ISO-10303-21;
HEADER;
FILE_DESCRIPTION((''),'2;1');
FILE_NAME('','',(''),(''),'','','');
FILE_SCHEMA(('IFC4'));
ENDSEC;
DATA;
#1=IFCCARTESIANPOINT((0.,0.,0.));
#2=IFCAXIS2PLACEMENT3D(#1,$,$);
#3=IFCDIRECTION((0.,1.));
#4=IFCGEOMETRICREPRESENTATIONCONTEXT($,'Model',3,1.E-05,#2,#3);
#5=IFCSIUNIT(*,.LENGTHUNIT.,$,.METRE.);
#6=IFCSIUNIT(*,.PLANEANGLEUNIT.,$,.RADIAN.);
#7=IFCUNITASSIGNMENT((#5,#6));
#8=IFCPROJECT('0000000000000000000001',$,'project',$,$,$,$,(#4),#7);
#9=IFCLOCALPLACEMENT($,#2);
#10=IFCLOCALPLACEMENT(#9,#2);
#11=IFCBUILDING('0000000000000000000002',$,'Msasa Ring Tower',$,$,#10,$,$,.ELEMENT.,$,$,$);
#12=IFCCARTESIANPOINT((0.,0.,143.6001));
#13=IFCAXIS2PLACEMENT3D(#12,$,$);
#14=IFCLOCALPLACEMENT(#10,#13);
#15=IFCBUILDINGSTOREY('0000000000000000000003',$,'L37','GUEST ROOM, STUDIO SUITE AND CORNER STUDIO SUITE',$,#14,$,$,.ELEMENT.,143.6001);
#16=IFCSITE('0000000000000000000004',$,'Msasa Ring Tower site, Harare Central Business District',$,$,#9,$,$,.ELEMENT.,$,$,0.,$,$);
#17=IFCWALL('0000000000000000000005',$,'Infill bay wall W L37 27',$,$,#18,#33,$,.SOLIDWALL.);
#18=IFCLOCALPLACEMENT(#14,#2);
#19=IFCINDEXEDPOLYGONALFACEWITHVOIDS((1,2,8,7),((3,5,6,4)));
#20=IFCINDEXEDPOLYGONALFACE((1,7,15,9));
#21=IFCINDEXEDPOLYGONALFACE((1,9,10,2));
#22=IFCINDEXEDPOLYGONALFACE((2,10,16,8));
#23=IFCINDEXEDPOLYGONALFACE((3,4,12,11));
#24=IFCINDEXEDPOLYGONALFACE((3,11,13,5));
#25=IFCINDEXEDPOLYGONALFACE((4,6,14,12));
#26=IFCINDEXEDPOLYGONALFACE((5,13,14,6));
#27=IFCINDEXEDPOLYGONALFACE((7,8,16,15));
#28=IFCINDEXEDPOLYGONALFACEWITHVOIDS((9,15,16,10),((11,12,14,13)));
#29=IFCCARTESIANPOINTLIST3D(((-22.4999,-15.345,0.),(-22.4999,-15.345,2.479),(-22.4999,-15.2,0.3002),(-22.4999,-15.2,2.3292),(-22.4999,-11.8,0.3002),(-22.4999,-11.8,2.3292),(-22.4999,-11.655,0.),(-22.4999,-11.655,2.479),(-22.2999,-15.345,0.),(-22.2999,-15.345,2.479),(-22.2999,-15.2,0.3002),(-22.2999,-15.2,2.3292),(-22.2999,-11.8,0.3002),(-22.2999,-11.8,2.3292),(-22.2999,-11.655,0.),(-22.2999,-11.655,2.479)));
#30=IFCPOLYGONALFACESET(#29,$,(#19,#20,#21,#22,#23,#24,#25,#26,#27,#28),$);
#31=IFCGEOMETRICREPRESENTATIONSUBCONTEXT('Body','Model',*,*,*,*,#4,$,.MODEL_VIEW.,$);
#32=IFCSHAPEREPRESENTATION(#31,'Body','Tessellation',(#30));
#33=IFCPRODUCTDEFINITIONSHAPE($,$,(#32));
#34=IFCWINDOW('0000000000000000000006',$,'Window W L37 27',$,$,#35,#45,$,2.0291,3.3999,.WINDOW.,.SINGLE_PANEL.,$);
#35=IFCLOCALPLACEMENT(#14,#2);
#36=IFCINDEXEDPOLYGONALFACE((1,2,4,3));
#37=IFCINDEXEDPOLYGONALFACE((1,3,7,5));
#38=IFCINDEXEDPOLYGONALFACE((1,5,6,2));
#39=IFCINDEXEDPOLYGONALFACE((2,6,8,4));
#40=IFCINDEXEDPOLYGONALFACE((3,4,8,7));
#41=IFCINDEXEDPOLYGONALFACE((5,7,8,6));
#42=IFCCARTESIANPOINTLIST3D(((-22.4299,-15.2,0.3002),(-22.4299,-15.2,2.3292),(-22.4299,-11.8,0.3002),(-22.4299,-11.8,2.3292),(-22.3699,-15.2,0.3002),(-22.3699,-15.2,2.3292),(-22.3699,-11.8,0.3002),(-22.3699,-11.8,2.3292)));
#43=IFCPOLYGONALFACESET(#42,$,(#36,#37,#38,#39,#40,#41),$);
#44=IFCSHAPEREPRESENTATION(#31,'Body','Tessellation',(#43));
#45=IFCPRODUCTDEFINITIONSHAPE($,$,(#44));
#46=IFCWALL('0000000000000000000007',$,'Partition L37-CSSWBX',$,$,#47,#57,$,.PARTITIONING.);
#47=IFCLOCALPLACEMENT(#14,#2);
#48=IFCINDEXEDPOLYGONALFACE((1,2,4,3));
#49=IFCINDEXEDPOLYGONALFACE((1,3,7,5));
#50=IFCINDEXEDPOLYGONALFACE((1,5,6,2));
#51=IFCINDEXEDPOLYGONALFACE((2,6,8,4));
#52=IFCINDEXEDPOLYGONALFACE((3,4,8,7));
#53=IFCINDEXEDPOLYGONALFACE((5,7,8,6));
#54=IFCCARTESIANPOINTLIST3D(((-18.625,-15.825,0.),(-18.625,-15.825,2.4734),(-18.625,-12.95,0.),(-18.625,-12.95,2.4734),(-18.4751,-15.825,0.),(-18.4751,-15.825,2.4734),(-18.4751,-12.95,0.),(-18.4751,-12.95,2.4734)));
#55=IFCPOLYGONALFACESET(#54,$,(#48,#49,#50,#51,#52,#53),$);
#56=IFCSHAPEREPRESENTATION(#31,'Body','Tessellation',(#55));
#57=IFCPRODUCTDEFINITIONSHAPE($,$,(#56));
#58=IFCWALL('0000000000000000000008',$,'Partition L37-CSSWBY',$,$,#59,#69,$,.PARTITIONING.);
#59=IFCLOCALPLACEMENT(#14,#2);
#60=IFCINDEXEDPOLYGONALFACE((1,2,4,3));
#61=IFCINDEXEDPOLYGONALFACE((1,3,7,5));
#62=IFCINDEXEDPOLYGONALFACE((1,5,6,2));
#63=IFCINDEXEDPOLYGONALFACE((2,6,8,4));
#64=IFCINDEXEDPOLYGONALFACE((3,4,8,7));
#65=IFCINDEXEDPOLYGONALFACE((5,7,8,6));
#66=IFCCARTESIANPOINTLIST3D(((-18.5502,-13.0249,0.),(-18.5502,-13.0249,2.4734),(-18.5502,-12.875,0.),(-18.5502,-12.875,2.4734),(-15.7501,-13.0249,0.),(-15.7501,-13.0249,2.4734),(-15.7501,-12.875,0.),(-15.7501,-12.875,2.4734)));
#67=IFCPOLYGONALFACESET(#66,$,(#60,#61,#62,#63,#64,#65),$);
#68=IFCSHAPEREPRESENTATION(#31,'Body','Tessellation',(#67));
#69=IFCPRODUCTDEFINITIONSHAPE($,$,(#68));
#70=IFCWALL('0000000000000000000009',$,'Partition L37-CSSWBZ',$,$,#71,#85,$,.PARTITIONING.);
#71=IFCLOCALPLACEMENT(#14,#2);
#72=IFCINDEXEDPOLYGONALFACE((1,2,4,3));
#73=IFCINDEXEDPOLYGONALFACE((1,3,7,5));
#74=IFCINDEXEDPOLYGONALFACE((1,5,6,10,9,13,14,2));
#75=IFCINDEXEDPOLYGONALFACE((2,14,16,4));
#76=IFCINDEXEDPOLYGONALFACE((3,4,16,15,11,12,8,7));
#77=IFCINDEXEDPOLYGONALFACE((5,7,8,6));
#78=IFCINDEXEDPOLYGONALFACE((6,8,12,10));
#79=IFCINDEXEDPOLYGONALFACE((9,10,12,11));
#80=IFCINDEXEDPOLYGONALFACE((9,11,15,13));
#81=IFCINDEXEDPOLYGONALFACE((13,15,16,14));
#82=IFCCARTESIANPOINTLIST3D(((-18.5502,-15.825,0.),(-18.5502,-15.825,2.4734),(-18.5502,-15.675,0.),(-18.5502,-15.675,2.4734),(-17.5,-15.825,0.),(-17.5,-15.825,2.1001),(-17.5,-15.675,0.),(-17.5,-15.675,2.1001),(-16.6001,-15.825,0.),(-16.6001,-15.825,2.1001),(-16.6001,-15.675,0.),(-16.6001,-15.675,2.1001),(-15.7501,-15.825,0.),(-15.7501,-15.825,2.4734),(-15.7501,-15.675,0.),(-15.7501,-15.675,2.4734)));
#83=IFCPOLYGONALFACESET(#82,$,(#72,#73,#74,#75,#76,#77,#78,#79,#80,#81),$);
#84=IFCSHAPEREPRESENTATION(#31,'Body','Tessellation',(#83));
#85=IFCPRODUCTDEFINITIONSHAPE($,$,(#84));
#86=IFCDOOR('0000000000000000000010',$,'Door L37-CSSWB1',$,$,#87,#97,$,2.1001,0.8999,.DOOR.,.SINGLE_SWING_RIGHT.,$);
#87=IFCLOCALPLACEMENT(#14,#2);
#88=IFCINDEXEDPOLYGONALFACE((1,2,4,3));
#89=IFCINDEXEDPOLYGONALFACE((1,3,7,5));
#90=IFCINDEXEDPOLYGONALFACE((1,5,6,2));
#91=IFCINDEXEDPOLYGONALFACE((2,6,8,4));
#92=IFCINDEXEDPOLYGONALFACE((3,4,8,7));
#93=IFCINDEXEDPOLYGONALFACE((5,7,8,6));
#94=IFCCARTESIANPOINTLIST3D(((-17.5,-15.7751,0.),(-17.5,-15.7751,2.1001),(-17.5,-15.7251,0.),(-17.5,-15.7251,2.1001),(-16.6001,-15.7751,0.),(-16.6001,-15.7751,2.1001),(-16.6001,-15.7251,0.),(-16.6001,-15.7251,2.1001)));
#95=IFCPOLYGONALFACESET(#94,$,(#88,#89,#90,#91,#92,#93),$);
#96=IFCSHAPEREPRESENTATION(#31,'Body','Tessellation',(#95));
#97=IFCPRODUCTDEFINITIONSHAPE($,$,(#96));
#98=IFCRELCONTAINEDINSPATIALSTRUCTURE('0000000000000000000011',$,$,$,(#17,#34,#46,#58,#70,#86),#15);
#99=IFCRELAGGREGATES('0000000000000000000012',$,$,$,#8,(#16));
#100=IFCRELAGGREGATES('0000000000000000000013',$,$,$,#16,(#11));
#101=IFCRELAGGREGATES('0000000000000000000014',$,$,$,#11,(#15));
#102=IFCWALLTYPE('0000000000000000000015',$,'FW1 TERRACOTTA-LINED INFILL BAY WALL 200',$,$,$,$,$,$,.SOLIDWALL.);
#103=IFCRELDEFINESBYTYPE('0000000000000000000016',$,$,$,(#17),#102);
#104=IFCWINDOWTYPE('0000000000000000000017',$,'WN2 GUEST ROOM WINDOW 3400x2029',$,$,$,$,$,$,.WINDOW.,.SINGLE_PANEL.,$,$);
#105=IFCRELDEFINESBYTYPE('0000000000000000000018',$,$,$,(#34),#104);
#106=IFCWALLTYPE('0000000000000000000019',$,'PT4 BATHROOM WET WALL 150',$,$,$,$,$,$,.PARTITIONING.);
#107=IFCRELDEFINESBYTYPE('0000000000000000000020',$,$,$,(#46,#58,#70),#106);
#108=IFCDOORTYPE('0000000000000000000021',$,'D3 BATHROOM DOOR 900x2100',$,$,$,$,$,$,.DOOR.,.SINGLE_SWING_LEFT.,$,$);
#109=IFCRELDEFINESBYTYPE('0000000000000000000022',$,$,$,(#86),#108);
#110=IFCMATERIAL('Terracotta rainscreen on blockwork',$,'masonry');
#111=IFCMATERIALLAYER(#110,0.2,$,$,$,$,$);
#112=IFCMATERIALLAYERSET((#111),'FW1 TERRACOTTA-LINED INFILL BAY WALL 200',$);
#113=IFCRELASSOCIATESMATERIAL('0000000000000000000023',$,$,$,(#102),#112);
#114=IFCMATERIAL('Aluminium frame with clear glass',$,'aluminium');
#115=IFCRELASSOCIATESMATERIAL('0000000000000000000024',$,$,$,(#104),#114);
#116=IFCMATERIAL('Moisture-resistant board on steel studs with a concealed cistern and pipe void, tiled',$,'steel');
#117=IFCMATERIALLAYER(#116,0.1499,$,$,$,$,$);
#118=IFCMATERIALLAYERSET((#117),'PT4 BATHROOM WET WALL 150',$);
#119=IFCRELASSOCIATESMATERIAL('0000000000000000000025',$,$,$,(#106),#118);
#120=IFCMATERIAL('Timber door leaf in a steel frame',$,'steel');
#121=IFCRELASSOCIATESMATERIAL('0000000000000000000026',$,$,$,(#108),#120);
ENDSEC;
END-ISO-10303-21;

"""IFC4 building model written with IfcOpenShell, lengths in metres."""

from ifc_helpers import new_model, si_unit, direction, frame, frame_2d, origin, place, context, subcontext, project, spatial, rectangle, extrude, material, layer, layer_set, type_object, element, fill, save


model = new_model("IFC4")

# Units and contexts
model_context = context("Model", 3, precision=1e-05, world=origin(), true_north=direction((0.0, 1.0)))
body_context = subcontext(model_context, "Body", "Model", "MODEL_VIEW")
ifc_project = project(units=[si_unit("LENGTHUNIT", "METRE"), si_unit("PLANEANGLEUNIT", "RADIAN")], contexts=[model_context])

# Site, building, storey
site_placement = place(None, origin())
site = spatial("IfcSite", under=ifc_project, at=site_placement, Name="Msasa Ring Tower site, Harare Central Business District", CompositionType="ELEMENT", RefElevation=0.0)
building_placement = place(site_placement, origin())
building = spatial("IfcBuilding", under=site, at=building_placement, Name="Msasa Ring Tower", CompositionType="ELEMENT")
storey_placement = place(building_placement, frame((0.0, 0.0, 143.6001)))
storey = spatial("IfcBuildingStorey", under=building, at=storey_placement, Name="L37", Description="GUEST ROOM, STUDIO SUITE AND CORNER STUDIO SUITE", CompositionType="ELEMENT", Elevation=143.6001)

# Wall, opening, window
ifc_material_1 = material(Name="Terracotta rainscreen on blockwork", Category="masonry")
ifc_layer_1 = layer(ifc_material_1, 0.2)
ifc_layer_set_1 = layer_set([ifc_layer_1], Name="FW1 TERRACOTTA-LINED INFILL BAY WALL 200")
wall_type_1 = type_object("IfcWallType", Name="FW1 TERRACOTTA-LINED INFILL BAY WALL 200", PredefinedType="SOLIDWALL", material=ifc_layer_set_1)
wall_1_placement = place(storey_placement, frame((-22.3999, -15.345, 0.0), z_axis=(0.0, 0.0, 1.0), x_axis=(0.0, 1.0, 0.0)))
wall_1 = element("IfcWall", 1, at=wall_1_placement, inside=storey, type_object=wall_type_1, Name="Infill bay wall W L37 27", PredefinedType="SOLIDWALL", context=body_context, shape_type="SweptSolid", body=[
    extrude(rectangle(XDim=3.6899, YDim=0.2, at=frame_2d((1.845, 0.0))), origin(), (0.0, 0.0, 1.0), 2.479),
])
opening_1_placement = place(wall_1_placement, frame((0.145, 0.0, 0.3)))
opening_1 = element("IfcOpeningElement", 2, at=opening_1_placement, cuts=wall_1, PredefinedType="OPENING", context=body_context, shape_type="SweptSolid", body=[
    extrude(rectangle(XDim=3.3999, YDim=2.0291, at=frame_2d((1.7, 1.0146))), frame((0.0, 0.1099, 0.0), z_axis=(0.0, -1.0, 0.0), x_axis=(1.0, 0.0, 0.0)), (0.0, 0.0, 1.0), 0.22),
])
ifc_material_2 = material(Name="Aluminium frame with clear glass", Category="aluminium")
window_type = type_object("IfcWindowType", Name="WN2 GUEST ROOM WINDOW 3400x2029", PartitioningType="SINGLE_PANEL", PredefinedType="WINDOW", material=ifc_material_2)
window_placement = place(opening_1_placement, origin())
window = element("IfcWindow", 3, at=window_placement, inside=storey, type_object=window_type, Name="Window W L37 27", OverallHeight=2.0291, OverallWidth=3.3999, PartitioningType="SINGLE_PANEL", PredefinedType="WINDOW", context=body_context, shape_type="SweptSolid", body=[
    extrude(rectangle(XDim=3.3999, YDim=2.0291, at=frame_2d((1.7, 1.0146))), frame((0.0, 0.03, 0.0), z_axis=(0.0, -1.0, 0.0), x_axis=(1.0, 0.0, 0.0)), (0.0, 0.0, 1.0), 0.0601),
])
fill(opening_1, window)

# Walls
ifc_material_3 = material(Name="Moisture-resistant board on steel studs with a concealed cistern and pipe void, tiled", Category="steel")
ifc_layer_2 = layer(ifc_material_3, 0.1499)
ifc_layer_set_2 = layer_set([ifc_layer_2], Name="PT4 BATHROOM WET WALL 150")
wall_type_2 = type_object("IfcWallType", Name="PT4 BATHROOM WET WALL 150", PredefinedType="PARTITIONING", material=ifc_layer_set_2)
wall_2_placement = place(storey_placement, frame((-18.55, -15.825, 0.0), z_axis=(0.0, 0.0, 1.0), x_axis=(0.0, 1.0, 0.0)))
element("IfcWall", 4, at=wall_2_placement, inside=storey, type_object=wall_type_2, Name="Partition L37-CSSWBX", PredefinedType="PARTITIONING", context=body_context, shape_type="SweptSolid", body=[
    extrude(rectangle(XDim=2.875, YDim=0.1499, at=frame_2d((1.4375, 0.0))), origin(), (0.0, 0.0, 1.0), 2.4734),
])
wall_3_placement = place(storey_placement, frame((-18.55, -12.95, 0.0), z_axis=(0.0, 0.0, 1.0), x_axis=(1.0, 0.0, 0.0)))
element("IfcWall", 5, at=wall_3_placement, inside=storey, type_object=wall_type_2, Name="Partition L37-CSSWBY", PredefinedType="PARTITIONING", context=body_context, shape_type="SweptSolid", body=[
    extrude(rectangle(XDim=2.8, YDim=0.1499, at=frame_2d((1.3999, 0.0))), origin(), (0.0, 0.0, 1.0), 2.4734),
])

# Wall, opening, door
wall_4_placement = place(storey_placement, frame((-18.55, -15.75, 0.0), z_axis=(0.0, 0.0, 1.0), x_axis=(1.0, 0.0, 0.0)))
wall_4 = element("IfcWall", 6, at=wall_4_placement, inside=storey, type_object=wall_type_2, Name="Partition L37-CSSWBZ", PredefinedType="PARTITIONING", context=body_context, shape_type="SweptSolid", body=[
    extrude(rectangle(XDim=2.8, YDim=0.1499, at=frame_2d((1.3999, 0.0))), origin(), (0.0, 0.0, 1.0), 2.4734),
])
opening_2_placement = place(wall_4_placement, frame((1.05, 0.0, 0.0)))
opening_2 = element("IfcOpeningElement", 7, at=opening_2_placement, cuts=wall_4, PredefinedType="OPENING", context=body_context, shape_type="SweptSolid", body=[
    extrude(rectangle(XDim=0.8999, YDim=2.1001, at=frame_2d((0.45, 1.05))), frame((0.0, 0.085, 0.0), z_axis=(0.0, -1.0, 0.0), x_axis=(1.0, 0.0, 0.0)), (0.0, 0.0, 1.0), 0.1699),
])
ifc_material_4 = material(Name="Timber door leaf in a steel frame", Category="steel")
door_type = type_object("IfcDoorType", Name="D3 BATHROOM DOOR 900x2100", OperationType="SINGLE_SWING_LEFT", PredefinedType="DOOR", material=ifc_material_4)
door_placement = place(opening_2_placement, origin())
door = element("IfcDoor", 8, at=door_placement, inside=storey, type_object=door_type, Name="Door L37-CSSWB1", OperationType="SINGLE_SWING_RIGHT", OverallHeight=2.1001, OverallWidth=0.8999, PredefinedType="DOOR", context=body_context, shape_type="SweptSolid", body=[
    extrude(rectangle(XDim=0.8999, YDim=2.1001, at=frame_2d((0.45, 1.05))), frame((0.0, 0.0249, 0.0), z_axis=(0.0, -1.0, 0.0), x_axis=(1.0, 0.0, 0.0)), (0.0, 0.0, 1.0), 0.05),
])
fill(opening_2, door)

save(model, "model.ifc")
